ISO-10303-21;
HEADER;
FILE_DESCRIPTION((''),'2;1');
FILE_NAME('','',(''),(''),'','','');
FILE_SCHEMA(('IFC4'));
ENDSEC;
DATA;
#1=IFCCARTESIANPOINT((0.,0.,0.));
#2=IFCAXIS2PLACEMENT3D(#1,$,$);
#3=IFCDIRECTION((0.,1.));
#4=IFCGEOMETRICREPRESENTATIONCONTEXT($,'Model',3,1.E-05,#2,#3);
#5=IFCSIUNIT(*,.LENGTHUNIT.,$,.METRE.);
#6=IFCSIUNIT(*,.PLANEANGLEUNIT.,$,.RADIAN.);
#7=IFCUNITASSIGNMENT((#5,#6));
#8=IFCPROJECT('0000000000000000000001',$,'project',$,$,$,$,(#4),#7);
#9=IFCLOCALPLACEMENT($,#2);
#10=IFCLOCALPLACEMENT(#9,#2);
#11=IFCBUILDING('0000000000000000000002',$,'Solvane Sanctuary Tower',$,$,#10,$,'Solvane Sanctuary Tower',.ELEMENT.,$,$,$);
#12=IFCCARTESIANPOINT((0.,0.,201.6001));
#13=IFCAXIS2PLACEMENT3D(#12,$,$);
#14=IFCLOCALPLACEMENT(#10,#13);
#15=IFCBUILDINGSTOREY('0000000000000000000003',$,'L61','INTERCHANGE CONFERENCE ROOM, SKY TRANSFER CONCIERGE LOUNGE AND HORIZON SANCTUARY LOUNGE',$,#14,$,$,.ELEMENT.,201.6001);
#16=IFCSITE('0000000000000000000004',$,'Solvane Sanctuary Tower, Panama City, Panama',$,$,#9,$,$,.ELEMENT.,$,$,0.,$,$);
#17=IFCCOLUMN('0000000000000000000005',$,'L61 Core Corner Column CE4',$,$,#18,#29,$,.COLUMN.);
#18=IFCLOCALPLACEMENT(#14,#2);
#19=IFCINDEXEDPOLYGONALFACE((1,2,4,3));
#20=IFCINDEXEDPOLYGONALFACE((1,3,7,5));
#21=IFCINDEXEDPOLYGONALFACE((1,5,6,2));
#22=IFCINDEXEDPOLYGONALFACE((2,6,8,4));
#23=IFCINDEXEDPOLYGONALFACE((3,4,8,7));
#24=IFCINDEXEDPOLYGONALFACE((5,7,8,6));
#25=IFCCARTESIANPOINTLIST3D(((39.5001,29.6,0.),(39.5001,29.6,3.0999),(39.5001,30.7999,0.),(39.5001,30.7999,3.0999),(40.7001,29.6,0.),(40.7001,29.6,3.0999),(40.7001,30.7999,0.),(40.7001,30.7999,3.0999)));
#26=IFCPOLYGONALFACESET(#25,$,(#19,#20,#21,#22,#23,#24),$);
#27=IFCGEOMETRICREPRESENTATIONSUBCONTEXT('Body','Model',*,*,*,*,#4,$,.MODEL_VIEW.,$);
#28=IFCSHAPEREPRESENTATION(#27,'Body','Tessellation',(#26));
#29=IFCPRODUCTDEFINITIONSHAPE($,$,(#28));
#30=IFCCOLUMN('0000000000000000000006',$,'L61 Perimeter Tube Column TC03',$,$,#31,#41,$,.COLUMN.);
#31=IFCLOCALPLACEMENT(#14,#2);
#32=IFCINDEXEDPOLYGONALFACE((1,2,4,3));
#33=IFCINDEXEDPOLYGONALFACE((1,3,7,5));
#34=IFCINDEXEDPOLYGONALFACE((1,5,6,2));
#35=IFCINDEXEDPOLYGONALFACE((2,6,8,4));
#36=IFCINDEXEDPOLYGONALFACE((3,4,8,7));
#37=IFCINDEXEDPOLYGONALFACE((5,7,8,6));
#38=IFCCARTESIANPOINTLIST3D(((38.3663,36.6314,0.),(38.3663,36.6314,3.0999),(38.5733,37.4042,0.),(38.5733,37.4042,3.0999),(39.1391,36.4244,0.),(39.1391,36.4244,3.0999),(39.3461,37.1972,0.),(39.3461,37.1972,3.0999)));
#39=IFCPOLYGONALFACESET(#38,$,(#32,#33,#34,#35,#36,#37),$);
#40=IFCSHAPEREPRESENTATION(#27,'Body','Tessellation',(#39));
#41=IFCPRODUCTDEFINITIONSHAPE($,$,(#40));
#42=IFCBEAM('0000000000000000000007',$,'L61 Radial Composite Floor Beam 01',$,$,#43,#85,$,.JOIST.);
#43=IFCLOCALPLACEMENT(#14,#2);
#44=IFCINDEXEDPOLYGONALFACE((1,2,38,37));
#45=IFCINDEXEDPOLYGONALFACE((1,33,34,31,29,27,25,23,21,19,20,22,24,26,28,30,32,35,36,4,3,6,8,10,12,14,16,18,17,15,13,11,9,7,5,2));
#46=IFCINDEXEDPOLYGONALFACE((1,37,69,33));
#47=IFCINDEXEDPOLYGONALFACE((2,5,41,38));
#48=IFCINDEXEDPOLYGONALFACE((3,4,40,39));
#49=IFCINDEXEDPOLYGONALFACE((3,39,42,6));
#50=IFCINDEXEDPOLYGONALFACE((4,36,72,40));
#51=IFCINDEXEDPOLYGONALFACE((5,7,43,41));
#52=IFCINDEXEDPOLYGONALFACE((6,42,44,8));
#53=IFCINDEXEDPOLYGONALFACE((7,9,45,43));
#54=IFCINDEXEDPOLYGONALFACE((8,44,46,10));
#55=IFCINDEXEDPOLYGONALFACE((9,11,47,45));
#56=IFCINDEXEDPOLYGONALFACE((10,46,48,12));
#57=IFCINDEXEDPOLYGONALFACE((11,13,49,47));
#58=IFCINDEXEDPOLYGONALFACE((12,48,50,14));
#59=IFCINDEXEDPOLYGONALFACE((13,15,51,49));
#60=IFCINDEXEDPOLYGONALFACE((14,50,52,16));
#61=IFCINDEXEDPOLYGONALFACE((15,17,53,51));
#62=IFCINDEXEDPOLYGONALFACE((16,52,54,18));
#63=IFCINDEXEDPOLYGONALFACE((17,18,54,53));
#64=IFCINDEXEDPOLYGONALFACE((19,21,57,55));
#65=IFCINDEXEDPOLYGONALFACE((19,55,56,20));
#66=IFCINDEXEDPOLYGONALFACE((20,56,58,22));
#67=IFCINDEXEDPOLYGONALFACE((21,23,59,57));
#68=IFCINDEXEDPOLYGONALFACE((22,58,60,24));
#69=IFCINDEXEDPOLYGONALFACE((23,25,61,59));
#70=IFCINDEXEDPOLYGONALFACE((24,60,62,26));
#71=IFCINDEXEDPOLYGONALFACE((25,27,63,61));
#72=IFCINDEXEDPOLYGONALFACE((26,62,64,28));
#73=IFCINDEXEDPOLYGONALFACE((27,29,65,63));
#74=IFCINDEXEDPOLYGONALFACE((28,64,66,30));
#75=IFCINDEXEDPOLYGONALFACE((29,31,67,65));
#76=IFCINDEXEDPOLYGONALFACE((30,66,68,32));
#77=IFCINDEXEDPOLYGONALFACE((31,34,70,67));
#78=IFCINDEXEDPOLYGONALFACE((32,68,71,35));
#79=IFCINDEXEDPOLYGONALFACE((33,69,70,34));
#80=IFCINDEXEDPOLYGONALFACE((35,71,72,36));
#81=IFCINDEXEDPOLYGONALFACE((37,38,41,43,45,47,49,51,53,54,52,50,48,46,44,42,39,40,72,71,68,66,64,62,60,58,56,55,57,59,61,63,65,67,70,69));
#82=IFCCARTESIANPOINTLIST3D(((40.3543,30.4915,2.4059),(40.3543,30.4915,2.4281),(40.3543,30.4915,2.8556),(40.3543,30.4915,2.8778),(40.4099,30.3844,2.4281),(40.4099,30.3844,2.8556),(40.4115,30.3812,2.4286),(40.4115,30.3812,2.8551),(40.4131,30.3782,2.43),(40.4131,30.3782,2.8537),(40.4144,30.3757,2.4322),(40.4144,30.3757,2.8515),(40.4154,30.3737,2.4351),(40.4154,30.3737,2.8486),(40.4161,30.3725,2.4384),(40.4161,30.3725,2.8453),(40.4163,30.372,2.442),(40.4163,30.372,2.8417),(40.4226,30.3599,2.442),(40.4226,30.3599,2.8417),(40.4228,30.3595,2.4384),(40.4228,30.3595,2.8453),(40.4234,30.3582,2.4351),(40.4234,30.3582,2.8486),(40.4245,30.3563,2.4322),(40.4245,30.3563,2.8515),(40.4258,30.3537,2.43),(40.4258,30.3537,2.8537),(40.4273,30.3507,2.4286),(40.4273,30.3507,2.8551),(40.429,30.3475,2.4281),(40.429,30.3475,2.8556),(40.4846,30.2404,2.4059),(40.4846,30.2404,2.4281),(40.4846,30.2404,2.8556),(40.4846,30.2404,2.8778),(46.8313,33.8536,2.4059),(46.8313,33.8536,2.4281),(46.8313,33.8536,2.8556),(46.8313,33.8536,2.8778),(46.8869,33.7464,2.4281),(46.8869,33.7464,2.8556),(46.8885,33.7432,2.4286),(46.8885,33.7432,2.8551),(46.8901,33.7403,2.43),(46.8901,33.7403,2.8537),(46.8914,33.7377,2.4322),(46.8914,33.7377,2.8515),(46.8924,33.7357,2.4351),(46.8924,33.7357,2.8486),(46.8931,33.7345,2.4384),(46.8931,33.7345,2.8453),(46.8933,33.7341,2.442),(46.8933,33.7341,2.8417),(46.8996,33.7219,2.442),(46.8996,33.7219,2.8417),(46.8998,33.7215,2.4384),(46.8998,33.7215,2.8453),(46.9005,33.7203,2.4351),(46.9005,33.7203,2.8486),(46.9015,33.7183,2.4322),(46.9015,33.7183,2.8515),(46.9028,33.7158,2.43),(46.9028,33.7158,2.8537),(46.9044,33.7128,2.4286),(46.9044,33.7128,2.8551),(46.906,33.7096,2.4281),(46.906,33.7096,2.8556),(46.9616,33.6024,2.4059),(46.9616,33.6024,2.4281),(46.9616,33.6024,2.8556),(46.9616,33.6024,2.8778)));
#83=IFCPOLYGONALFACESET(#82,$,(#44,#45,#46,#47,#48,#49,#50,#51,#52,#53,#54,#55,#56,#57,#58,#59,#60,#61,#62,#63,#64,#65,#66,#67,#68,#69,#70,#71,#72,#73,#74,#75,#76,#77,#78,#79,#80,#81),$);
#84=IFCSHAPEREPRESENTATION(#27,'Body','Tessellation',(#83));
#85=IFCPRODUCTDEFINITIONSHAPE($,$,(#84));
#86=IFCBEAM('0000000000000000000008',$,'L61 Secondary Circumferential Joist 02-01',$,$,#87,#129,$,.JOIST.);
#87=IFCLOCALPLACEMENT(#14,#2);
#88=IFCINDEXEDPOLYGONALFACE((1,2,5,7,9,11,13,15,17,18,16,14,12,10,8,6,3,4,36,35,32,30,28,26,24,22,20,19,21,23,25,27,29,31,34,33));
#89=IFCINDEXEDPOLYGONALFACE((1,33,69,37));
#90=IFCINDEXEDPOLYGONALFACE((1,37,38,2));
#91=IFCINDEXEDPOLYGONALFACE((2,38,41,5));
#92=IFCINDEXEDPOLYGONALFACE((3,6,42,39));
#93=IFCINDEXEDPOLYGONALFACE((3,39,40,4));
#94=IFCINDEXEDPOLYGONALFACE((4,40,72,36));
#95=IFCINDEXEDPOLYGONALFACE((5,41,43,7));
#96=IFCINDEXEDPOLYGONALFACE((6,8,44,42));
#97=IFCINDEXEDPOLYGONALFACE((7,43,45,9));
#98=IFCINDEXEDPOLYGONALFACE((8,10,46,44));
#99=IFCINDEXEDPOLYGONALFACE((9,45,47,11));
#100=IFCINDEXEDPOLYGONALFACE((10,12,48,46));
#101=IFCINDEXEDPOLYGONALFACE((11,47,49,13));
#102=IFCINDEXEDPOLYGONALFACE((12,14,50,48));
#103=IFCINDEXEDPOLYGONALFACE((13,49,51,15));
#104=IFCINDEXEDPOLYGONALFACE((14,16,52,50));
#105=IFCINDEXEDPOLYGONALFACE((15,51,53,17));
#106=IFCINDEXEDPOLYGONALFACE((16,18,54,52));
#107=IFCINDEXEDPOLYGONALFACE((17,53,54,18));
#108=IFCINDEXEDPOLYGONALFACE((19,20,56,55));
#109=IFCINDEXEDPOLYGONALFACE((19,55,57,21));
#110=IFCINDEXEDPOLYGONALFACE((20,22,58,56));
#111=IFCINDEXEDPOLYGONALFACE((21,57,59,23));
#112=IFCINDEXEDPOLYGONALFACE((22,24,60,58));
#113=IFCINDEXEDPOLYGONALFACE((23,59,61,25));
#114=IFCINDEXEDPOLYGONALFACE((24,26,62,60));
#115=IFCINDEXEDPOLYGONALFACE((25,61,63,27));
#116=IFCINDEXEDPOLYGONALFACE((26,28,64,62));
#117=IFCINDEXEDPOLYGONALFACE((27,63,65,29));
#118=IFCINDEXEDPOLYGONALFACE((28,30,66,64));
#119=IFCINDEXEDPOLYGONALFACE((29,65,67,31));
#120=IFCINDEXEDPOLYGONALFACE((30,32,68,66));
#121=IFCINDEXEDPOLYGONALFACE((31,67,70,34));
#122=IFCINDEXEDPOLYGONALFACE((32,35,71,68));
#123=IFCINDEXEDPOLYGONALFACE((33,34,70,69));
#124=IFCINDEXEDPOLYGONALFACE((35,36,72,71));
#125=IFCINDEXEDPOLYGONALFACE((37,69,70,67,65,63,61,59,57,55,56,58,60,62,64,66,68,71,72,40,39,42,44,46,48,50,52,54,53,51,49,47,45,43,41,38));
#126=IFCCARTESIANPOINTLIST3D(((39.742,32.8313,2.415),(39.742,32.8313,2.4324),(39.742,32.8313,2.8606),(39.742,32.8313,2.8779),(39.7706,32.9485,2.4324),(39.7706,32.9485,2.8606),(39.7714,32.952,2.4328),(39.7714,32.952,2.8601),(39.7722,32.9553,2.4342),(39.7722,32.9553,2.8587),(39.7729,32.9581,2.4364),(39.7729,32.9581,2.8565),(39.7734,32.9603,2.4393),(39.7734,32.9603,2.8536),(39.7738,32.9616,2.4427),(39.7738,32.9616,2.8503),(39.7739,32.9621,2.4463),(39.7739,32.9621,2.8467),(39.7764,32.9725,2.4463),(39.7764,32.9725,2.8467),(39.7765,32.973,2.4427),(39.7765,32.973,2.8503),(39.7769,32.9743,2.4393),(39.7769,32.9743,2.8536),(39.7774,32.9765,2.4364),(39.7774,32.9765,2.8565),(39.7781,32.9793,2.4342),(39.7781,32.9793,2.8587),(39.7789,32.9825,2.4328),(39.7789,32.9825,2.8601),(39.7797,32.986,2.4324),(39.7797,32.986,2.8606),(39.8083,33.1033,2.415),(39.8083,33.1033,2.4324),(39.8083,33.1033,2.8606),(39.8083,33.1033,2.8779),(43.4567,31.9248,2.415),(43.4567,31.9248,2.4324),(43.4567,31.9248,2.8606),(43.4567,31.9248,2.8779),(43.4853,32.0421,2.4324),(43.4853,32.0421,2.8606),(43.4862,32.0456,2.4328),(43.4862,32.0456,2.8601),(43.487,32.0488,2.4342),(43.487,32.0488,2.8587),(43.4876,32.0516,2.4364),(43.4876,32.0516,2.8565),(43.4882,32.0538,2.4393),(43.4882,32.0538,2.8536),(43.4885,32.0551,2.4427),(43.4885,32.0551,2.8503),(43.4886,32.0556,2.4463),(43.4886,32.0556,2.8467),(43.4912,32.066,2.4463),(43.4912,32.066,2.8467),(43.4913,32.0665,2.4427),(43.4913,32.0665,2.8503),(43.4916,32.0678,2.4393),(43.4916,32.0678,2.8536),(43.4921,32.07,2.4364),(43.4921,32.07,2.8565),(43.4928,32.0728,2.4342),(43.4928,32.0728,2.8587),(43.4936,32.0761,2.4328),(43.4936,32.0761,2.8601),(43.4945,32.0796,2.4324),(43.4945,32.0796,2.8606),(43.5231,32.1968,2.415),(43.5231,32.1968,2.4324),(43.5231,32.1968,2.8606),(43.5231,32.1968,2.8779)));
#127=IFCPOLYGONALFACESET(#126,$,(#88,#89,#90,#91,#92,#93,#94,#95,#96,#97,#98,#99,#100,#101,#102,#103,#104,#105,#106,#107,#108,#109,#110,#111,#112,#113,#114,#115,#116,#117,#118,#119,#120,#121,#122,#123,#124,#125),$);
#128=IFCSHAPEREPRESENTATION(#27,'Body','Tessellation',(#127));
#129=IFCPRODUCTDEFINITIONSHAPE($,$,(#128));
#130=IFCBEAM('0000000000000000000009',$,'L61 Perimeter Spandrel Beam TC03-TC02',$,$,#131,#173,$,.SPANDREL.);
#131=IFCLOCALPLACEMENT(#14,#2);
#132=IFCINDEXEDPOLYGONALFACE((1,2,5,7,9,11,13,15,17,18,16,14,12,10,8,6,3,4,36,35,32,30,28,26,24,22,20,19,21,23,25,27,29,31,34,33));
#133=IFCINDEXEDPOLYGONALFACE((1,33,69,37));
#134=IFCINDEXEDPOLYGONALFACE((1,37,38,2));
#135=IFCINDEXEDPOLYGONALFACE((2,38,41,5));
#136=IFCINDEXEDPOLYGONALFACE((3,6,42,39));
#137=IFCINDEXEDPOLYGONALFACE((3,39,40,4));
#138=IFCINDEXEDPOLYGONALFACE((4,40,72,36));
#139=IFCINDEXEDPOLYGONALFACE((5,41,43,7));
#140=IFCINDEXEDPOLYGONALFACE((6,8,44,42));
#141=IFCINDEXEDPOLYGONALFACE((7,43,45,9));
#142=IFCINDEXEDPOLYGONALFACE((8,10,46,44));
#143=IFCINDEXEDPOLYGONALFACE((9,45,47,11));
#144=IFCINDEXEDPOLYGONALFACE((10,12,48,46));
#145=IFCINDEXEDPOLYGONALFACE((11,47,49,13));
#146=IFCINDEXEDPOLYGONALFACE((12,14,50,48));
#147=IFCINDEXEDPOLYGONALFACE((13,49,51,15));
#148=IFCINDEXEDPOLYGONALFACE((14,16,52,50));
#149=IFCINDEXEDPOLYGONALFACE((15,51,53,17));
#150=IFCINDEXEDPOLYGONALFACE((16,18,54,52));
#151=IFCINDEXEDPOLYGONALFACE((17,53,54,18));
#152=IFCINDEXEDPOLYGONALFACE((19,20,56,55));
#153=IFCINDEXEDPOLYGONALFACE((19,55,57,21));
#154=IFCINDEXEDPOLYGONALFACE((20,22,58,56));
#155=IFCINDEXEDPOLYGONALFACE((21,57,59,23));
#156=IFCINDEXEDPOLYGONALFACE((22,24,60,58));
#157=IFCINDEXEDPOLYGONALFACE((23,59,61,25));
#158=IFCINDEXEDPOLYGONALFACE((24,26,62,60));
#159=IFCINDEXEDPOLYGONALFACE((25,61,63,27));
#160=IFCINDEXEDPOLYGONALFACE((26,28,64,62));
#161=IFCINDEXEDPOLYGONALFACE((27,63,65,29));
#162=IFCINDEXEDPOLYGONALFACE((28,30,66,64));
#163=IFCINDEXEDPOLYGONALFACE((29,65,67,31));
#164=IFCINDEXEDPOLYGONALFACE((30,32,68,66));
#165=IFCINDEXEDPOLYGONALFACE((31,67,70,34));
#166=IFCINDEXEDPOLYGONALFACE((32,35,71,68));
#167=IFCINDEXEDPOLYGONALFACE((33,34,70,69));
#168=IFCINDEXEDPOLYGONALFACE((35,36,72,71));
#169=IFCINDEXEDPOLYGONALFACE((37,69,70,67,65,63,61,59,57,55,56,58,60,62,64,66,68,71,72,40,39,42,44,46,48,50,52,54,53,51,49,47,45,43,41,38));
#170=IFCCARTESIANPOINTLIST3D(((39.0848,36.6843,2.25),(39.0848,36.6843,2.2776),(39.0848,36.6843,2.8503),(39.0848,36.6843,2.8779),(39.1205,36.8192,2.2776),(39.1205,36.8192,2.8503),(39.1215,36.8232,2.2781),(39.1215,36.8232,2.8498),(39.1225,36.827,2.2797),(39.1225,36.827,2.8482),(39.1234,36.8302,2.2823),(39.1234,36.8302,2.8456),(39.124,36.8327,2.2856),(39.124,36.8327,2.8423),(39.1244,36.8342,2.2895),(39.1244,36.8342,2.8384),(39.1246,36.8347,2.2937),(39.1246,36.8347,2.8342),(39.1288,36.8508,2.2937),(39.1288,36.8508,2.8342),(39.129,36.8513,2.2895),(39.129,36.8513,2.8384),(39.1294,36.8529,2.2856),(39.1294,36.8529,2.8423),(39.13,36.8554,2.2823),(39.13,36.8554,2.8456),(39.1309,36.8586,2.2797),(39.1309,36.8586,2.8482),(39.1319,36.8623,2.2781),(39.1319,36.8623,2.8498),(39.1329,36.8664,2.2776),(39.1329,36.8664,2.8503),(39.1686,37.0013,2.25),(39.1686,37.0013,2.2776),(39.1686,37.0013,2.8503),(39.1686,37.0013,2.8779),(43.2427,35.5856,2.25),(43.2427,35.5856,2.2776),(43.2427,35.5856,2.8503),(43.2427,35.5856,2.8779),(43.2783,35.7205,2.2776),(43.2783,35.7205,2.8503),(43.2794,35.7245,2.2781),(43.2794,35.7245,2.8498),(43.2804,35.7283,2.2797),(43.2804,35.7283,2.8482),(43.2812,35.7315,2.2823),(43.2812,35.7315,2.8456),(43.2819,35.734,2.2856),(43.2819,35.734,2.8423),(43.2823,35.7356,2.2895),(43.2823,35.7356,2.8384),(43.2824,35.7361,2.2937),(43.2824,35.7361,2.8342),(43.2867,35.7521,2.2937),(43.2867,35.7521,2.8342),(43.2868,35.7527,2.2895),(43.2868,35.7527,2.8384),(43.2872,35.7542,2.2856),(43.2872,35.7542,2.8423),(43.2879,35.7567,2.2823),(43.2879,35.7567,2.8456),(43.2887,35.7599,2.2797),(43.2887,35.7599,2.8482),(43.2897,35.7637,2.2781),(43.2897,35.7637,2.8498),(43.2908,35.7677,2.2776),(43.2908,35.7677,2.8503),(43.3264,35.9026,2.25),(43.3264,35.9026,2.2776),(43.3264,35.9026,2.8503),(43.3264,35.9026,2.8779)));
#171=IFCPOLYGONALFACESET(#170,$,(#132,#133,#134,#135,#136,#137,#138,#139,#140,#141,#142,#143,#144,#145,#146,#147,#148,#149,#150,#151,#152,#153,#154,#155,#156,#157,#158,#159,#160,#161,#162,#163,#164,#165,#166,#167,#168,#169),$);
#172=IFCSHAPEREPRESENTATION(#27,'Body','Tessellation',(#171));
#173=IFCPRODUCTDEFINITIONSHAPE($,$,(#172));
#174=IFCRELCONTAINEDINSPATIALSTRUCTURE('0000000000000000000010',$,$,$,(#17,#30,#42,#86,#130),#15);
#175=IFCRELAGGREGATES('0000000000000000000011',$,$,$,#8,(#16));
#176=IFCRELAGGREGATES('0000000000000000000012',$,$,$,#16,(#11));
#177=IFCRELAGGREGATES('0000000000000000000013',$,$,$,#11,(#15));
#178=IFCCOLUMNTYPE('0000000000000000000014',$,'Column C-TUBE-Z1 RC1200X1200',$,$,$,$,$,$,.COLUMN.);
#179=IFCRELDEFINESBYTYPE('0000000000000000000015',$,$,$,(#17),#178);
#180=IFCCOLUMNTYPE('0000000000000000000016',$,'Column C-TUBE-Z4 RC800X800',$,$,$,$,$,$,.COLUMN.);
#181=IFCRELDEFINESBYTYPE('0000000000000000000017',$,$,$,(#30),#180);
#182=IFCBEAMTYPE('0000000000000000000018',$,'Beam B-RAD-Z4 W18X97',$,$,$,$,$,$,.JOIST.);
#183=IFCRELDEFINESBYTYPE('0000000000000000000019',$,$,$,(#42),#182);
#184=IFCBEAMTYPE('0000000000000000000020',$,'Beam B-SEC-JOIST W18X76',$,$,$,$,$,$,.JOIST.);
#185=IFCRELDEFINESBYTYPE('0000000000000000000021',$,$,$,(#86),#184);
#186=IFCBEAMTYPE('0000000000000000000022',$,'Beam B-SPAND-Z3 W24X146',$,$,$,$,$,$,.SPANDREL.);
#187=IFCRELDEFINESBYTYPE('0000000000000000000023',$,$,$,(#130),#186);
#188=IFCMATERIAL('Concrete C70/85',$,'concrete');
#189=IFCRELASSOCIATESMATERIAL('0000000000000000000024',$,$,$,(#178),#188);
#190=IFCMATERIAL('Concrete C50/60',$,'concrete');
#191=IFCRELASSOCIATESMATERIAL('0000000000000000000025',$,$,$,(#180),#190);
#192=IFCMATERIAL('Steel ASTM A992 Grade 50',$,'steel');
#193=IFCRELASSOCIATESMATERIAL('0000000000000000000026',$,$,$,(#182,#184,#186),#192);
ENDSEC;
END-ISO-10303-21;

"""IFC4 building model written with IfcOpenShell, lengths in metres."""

from ifc_helpers import new_model, si_unit, direction, frame, origin, origin_2d, place, context, subcontext, project, spatial, rectangle, i_section, extrude, material, material_profile, profile_set, type_object, element, save


model = new_model("IFC4")

# Units and contexts
model_context = context("Model", 3, precision=1e-05, world=origin(), true_north=direction((0.0, 1.0)))
body_context = subcontext(model_context, "Body", "Model", "MODEL_VIEW")
ifc_project = project(units=[si_unit("LENGTHUNIT", "METRE"), si_unit("PLANEANGLEUNIT", "RADIAN")], contexts=[model_context])

# Site, building, storey
site_placement = place(None, origin())
site = spatial("IfcSite", under=ifc_project, at=site_placement, Name="Solvane Sanctuary Tower, Panama City, Panama", CompositionType="ELEMENT", RefElevation=0.0)
building_placement = place(site_placement, origin())
building = spatial("IfcBuilding", under=site, at=building_placement, Name="Solvane Sanctuary Tower", LongName="Solvane Sanctuary Tower", CompositionType="ELEMENT")
storey_placement = place(building_placement, frame((0.0, 0.0, 201.6001)))
storey = spatial("IfcBuildingStorey", under=building, at=storey_placement, Name="L61", Description="INTERCHANGE CONFERENCE ROOM, SKY TRANSFER CONCIERGE LOUNGE AND HORIZON SANCTUARY LOUNGE", CompositionType="ELEMENT", Elevation=201.6001)

# Columns
ifc_material_1 = material(Name="Concrete C70/85", Category="concrete")
ifc_material_profile_1 = material_profile(ifc_material_1, rectangle(XDim=1.2, YDim=1.2, at=origin_2d()), Name="RC1200X1200")
ifc_profile_set_1 = profile_set([ifc_material_profile_1], Name="Concrete C70/85")
column_type_1 = type_object("IfcColumnType", Name="Column C-TUBE-Z1 RC1200X1200", PredefinedType="COLUMN", material=ifc_profile_set_1)
column_1_placement = place(storey_placement, frame((40.1001, 30.2, 0.0), z_axis=(0.0, 0.0, 1.0), x_axis=(1.0, 0.0, 0.0)))
element("IfcColumn", 1, at=column_1_placement, inside=storey, type_object=column_type_1, Name="L61 Core Corner Column CE4", PredefinedType="COLUMN", context=body_context, shape_type="SweptSolid", body=[
    extrude(rectangle(XDim=1.2, YDim=1.2, at=origin_2d()), origin(), (0.0, 0.0, 1.0), 3.0999),
])
ifc_material_2 = material(Name="Concrete C50/60", Category="concrete")
ifc_material_profile_2 = material_profile(ifc_material_2, rectangle(XDim=0.8, YDim=0.8, at=origin_2d()), Name="RC800X800")
ifc_profile_set_2 = profile_set([ifc_material_profile_2], Name="Concrete C50/60")
column_type_2 = type_object("IfcColumnType", Name="Column C-TUBE-Z4 RC800X800", PredefinedType="COLUMN", material=ifc_profile_set_2)
column_2_placement = place(storey_placement, frame((38.8562, 36.9143, 0.0), z_axis=(0.0, 0.0, 1.0), x_axis=(0.258819, 0.965926, 0.0)))
element("IfcColumn", 2, at=column_2_placement, inside=storey, type_object=column_type_2, Name="L61 Perimeter Tube Column TC03", PredefinedType="COLUMN", context=body_context, shape_type="SweptSolid", body=[
    extrude(rectangle(XDim=0.8, YDim=0.8, at=origin_2d()), origin(), (0.0, 0.0, 1.0), 3.0999),
])

# Beams
ifc_material_3 = material(Name="Steel ASTM A992 Grade 50", Category="steel")
ifc_material_profile_3 = material_profile(ifc_material_3, i_section(OverallWidth=0.283, OverallDepth=0.4719, WebThickness=0.0137, FlangeThickness=0.0222, FilletRadius=0.0139, at=origin_2d()), Name="W18X97")
ifc_profile_set_3 = profile_set([ifc_material_profile_3], Name="Steel ASTM A992 Grade 50")
beam_type_1 = type_object("IfcBeamType", Name="Beam B-RAD-Z4 W18X97", PredefinedType="JOIST", material=ifc_profile_set_3)
beam_1_placement = place(storey_placement, frame((40.4194, 30.366, 2.6418), z_axis=(0.887553, 0.460705, 0.0), x_axis=(-0.460705, 0.887553, 0.0)))
element("IfcBeam", 3, at=beam_1_placement, inside=storey, type_object=beam_type_1, Name="L61 Radial Composite Floor Beam 01", PredefinedType="JOIST", context=body_context, shape_type="SweptSolid", body=[
    extrude(i_section(OverallWidth=0.283, OverallDepth=0.4719, WebThickness=0.0137, FlangeThickness=0.0222, FilletRadius=0.0139, at=origin_2d()), origin(), (0.0, 0.0, 1.0), 7.2976),
])
ifc_material_profile_4 = material_profile(ifc_material_3, i_section(OverallWidth=0.28, OverallDepth=0.4629, WebThickness=0.0107, FlangeThickness=0.0173, FilletRadius=0.0139, at=origin_2d()), Name="W18X76")
ifc_profile_set_4 = profile_set([ifc_material_profile_4], Name="Steel ASTM A992 Grade 50")
beam_type_2 = type_object("IfcBeamType", Name="Beam B-SEC-JOIST W18X76", PredefinedType="JOIST", material=ifc_profile_set_4)
beam_2_placement = place(storey_placement, frame((39.7751, 32.9673, 2.6465), z_axis=(0.971494, -0.237063, 0.0), x_axis=(0.237063, 0.971494, 0.0)))
element("IfcBeam", 4, at=beam_2_placement, inside=storey, type_object=beam_type_2, Name="L61 Secondary Circumferential Joist 02-01", PredefinedType="JOIST", context=body_context, shape_type="SweptSolid", body=[
    extrude(i_section(OverallWidth=0.28, OverallDepth=0.4629, WebThickness=0.0107, FlangeThickness=0.0173, FilletRadius=0.0139, at=origin_2d()), origin(), (0.0, 0.0, 1.0), 3.8237),
])
ifc_material_profile_5 = material_profile(ifc_material_3, i_section(OverallWidth=0.3279, OverallDepth=0.6279, WebThickness=0.0166, FlangeThickness=0.0276, FilletRadius=0.0161, at=origin_2d()), Name="W24X146")
ifc_profile_set_5 = profile_set([ifc_material_profile_5], Name="Steel ASTM A992 Grade 50")
beam_type_3 = type_object("IfcBeamType", Name="Beam B-SPAND-Z3 W24X146", PredefinedType="SPANDREL", material=ifc_profile_set_5)
beam_3_placement = place(storey_placement, frame((39.1267, 36.8428, 2.564), z_axis=(0.966817, -0.255471, 0.0), x_axis=(0.255471, 0.966817, 0.0)))
element("IfcBeam", 5, at=beam_3_placement, inside=storey, type_object=beam_type_3, Name="L61 Perimeter Spandrel Beam TC03-TC02", PredefinedType="SPANDREL", context=body_context, shape_type="SweptSolid", body=[
    extrude(i_section(OverallWidth=0.3279, OverallDepth=0.6279, WebThickness=0.0166, FlangeThickness=0.0276, FilletRadius=0.0161, at=origin_2d()), origin(), (0.0, 0.0, 1.0), 4.3005),
])

save(model, "model.ifc")
